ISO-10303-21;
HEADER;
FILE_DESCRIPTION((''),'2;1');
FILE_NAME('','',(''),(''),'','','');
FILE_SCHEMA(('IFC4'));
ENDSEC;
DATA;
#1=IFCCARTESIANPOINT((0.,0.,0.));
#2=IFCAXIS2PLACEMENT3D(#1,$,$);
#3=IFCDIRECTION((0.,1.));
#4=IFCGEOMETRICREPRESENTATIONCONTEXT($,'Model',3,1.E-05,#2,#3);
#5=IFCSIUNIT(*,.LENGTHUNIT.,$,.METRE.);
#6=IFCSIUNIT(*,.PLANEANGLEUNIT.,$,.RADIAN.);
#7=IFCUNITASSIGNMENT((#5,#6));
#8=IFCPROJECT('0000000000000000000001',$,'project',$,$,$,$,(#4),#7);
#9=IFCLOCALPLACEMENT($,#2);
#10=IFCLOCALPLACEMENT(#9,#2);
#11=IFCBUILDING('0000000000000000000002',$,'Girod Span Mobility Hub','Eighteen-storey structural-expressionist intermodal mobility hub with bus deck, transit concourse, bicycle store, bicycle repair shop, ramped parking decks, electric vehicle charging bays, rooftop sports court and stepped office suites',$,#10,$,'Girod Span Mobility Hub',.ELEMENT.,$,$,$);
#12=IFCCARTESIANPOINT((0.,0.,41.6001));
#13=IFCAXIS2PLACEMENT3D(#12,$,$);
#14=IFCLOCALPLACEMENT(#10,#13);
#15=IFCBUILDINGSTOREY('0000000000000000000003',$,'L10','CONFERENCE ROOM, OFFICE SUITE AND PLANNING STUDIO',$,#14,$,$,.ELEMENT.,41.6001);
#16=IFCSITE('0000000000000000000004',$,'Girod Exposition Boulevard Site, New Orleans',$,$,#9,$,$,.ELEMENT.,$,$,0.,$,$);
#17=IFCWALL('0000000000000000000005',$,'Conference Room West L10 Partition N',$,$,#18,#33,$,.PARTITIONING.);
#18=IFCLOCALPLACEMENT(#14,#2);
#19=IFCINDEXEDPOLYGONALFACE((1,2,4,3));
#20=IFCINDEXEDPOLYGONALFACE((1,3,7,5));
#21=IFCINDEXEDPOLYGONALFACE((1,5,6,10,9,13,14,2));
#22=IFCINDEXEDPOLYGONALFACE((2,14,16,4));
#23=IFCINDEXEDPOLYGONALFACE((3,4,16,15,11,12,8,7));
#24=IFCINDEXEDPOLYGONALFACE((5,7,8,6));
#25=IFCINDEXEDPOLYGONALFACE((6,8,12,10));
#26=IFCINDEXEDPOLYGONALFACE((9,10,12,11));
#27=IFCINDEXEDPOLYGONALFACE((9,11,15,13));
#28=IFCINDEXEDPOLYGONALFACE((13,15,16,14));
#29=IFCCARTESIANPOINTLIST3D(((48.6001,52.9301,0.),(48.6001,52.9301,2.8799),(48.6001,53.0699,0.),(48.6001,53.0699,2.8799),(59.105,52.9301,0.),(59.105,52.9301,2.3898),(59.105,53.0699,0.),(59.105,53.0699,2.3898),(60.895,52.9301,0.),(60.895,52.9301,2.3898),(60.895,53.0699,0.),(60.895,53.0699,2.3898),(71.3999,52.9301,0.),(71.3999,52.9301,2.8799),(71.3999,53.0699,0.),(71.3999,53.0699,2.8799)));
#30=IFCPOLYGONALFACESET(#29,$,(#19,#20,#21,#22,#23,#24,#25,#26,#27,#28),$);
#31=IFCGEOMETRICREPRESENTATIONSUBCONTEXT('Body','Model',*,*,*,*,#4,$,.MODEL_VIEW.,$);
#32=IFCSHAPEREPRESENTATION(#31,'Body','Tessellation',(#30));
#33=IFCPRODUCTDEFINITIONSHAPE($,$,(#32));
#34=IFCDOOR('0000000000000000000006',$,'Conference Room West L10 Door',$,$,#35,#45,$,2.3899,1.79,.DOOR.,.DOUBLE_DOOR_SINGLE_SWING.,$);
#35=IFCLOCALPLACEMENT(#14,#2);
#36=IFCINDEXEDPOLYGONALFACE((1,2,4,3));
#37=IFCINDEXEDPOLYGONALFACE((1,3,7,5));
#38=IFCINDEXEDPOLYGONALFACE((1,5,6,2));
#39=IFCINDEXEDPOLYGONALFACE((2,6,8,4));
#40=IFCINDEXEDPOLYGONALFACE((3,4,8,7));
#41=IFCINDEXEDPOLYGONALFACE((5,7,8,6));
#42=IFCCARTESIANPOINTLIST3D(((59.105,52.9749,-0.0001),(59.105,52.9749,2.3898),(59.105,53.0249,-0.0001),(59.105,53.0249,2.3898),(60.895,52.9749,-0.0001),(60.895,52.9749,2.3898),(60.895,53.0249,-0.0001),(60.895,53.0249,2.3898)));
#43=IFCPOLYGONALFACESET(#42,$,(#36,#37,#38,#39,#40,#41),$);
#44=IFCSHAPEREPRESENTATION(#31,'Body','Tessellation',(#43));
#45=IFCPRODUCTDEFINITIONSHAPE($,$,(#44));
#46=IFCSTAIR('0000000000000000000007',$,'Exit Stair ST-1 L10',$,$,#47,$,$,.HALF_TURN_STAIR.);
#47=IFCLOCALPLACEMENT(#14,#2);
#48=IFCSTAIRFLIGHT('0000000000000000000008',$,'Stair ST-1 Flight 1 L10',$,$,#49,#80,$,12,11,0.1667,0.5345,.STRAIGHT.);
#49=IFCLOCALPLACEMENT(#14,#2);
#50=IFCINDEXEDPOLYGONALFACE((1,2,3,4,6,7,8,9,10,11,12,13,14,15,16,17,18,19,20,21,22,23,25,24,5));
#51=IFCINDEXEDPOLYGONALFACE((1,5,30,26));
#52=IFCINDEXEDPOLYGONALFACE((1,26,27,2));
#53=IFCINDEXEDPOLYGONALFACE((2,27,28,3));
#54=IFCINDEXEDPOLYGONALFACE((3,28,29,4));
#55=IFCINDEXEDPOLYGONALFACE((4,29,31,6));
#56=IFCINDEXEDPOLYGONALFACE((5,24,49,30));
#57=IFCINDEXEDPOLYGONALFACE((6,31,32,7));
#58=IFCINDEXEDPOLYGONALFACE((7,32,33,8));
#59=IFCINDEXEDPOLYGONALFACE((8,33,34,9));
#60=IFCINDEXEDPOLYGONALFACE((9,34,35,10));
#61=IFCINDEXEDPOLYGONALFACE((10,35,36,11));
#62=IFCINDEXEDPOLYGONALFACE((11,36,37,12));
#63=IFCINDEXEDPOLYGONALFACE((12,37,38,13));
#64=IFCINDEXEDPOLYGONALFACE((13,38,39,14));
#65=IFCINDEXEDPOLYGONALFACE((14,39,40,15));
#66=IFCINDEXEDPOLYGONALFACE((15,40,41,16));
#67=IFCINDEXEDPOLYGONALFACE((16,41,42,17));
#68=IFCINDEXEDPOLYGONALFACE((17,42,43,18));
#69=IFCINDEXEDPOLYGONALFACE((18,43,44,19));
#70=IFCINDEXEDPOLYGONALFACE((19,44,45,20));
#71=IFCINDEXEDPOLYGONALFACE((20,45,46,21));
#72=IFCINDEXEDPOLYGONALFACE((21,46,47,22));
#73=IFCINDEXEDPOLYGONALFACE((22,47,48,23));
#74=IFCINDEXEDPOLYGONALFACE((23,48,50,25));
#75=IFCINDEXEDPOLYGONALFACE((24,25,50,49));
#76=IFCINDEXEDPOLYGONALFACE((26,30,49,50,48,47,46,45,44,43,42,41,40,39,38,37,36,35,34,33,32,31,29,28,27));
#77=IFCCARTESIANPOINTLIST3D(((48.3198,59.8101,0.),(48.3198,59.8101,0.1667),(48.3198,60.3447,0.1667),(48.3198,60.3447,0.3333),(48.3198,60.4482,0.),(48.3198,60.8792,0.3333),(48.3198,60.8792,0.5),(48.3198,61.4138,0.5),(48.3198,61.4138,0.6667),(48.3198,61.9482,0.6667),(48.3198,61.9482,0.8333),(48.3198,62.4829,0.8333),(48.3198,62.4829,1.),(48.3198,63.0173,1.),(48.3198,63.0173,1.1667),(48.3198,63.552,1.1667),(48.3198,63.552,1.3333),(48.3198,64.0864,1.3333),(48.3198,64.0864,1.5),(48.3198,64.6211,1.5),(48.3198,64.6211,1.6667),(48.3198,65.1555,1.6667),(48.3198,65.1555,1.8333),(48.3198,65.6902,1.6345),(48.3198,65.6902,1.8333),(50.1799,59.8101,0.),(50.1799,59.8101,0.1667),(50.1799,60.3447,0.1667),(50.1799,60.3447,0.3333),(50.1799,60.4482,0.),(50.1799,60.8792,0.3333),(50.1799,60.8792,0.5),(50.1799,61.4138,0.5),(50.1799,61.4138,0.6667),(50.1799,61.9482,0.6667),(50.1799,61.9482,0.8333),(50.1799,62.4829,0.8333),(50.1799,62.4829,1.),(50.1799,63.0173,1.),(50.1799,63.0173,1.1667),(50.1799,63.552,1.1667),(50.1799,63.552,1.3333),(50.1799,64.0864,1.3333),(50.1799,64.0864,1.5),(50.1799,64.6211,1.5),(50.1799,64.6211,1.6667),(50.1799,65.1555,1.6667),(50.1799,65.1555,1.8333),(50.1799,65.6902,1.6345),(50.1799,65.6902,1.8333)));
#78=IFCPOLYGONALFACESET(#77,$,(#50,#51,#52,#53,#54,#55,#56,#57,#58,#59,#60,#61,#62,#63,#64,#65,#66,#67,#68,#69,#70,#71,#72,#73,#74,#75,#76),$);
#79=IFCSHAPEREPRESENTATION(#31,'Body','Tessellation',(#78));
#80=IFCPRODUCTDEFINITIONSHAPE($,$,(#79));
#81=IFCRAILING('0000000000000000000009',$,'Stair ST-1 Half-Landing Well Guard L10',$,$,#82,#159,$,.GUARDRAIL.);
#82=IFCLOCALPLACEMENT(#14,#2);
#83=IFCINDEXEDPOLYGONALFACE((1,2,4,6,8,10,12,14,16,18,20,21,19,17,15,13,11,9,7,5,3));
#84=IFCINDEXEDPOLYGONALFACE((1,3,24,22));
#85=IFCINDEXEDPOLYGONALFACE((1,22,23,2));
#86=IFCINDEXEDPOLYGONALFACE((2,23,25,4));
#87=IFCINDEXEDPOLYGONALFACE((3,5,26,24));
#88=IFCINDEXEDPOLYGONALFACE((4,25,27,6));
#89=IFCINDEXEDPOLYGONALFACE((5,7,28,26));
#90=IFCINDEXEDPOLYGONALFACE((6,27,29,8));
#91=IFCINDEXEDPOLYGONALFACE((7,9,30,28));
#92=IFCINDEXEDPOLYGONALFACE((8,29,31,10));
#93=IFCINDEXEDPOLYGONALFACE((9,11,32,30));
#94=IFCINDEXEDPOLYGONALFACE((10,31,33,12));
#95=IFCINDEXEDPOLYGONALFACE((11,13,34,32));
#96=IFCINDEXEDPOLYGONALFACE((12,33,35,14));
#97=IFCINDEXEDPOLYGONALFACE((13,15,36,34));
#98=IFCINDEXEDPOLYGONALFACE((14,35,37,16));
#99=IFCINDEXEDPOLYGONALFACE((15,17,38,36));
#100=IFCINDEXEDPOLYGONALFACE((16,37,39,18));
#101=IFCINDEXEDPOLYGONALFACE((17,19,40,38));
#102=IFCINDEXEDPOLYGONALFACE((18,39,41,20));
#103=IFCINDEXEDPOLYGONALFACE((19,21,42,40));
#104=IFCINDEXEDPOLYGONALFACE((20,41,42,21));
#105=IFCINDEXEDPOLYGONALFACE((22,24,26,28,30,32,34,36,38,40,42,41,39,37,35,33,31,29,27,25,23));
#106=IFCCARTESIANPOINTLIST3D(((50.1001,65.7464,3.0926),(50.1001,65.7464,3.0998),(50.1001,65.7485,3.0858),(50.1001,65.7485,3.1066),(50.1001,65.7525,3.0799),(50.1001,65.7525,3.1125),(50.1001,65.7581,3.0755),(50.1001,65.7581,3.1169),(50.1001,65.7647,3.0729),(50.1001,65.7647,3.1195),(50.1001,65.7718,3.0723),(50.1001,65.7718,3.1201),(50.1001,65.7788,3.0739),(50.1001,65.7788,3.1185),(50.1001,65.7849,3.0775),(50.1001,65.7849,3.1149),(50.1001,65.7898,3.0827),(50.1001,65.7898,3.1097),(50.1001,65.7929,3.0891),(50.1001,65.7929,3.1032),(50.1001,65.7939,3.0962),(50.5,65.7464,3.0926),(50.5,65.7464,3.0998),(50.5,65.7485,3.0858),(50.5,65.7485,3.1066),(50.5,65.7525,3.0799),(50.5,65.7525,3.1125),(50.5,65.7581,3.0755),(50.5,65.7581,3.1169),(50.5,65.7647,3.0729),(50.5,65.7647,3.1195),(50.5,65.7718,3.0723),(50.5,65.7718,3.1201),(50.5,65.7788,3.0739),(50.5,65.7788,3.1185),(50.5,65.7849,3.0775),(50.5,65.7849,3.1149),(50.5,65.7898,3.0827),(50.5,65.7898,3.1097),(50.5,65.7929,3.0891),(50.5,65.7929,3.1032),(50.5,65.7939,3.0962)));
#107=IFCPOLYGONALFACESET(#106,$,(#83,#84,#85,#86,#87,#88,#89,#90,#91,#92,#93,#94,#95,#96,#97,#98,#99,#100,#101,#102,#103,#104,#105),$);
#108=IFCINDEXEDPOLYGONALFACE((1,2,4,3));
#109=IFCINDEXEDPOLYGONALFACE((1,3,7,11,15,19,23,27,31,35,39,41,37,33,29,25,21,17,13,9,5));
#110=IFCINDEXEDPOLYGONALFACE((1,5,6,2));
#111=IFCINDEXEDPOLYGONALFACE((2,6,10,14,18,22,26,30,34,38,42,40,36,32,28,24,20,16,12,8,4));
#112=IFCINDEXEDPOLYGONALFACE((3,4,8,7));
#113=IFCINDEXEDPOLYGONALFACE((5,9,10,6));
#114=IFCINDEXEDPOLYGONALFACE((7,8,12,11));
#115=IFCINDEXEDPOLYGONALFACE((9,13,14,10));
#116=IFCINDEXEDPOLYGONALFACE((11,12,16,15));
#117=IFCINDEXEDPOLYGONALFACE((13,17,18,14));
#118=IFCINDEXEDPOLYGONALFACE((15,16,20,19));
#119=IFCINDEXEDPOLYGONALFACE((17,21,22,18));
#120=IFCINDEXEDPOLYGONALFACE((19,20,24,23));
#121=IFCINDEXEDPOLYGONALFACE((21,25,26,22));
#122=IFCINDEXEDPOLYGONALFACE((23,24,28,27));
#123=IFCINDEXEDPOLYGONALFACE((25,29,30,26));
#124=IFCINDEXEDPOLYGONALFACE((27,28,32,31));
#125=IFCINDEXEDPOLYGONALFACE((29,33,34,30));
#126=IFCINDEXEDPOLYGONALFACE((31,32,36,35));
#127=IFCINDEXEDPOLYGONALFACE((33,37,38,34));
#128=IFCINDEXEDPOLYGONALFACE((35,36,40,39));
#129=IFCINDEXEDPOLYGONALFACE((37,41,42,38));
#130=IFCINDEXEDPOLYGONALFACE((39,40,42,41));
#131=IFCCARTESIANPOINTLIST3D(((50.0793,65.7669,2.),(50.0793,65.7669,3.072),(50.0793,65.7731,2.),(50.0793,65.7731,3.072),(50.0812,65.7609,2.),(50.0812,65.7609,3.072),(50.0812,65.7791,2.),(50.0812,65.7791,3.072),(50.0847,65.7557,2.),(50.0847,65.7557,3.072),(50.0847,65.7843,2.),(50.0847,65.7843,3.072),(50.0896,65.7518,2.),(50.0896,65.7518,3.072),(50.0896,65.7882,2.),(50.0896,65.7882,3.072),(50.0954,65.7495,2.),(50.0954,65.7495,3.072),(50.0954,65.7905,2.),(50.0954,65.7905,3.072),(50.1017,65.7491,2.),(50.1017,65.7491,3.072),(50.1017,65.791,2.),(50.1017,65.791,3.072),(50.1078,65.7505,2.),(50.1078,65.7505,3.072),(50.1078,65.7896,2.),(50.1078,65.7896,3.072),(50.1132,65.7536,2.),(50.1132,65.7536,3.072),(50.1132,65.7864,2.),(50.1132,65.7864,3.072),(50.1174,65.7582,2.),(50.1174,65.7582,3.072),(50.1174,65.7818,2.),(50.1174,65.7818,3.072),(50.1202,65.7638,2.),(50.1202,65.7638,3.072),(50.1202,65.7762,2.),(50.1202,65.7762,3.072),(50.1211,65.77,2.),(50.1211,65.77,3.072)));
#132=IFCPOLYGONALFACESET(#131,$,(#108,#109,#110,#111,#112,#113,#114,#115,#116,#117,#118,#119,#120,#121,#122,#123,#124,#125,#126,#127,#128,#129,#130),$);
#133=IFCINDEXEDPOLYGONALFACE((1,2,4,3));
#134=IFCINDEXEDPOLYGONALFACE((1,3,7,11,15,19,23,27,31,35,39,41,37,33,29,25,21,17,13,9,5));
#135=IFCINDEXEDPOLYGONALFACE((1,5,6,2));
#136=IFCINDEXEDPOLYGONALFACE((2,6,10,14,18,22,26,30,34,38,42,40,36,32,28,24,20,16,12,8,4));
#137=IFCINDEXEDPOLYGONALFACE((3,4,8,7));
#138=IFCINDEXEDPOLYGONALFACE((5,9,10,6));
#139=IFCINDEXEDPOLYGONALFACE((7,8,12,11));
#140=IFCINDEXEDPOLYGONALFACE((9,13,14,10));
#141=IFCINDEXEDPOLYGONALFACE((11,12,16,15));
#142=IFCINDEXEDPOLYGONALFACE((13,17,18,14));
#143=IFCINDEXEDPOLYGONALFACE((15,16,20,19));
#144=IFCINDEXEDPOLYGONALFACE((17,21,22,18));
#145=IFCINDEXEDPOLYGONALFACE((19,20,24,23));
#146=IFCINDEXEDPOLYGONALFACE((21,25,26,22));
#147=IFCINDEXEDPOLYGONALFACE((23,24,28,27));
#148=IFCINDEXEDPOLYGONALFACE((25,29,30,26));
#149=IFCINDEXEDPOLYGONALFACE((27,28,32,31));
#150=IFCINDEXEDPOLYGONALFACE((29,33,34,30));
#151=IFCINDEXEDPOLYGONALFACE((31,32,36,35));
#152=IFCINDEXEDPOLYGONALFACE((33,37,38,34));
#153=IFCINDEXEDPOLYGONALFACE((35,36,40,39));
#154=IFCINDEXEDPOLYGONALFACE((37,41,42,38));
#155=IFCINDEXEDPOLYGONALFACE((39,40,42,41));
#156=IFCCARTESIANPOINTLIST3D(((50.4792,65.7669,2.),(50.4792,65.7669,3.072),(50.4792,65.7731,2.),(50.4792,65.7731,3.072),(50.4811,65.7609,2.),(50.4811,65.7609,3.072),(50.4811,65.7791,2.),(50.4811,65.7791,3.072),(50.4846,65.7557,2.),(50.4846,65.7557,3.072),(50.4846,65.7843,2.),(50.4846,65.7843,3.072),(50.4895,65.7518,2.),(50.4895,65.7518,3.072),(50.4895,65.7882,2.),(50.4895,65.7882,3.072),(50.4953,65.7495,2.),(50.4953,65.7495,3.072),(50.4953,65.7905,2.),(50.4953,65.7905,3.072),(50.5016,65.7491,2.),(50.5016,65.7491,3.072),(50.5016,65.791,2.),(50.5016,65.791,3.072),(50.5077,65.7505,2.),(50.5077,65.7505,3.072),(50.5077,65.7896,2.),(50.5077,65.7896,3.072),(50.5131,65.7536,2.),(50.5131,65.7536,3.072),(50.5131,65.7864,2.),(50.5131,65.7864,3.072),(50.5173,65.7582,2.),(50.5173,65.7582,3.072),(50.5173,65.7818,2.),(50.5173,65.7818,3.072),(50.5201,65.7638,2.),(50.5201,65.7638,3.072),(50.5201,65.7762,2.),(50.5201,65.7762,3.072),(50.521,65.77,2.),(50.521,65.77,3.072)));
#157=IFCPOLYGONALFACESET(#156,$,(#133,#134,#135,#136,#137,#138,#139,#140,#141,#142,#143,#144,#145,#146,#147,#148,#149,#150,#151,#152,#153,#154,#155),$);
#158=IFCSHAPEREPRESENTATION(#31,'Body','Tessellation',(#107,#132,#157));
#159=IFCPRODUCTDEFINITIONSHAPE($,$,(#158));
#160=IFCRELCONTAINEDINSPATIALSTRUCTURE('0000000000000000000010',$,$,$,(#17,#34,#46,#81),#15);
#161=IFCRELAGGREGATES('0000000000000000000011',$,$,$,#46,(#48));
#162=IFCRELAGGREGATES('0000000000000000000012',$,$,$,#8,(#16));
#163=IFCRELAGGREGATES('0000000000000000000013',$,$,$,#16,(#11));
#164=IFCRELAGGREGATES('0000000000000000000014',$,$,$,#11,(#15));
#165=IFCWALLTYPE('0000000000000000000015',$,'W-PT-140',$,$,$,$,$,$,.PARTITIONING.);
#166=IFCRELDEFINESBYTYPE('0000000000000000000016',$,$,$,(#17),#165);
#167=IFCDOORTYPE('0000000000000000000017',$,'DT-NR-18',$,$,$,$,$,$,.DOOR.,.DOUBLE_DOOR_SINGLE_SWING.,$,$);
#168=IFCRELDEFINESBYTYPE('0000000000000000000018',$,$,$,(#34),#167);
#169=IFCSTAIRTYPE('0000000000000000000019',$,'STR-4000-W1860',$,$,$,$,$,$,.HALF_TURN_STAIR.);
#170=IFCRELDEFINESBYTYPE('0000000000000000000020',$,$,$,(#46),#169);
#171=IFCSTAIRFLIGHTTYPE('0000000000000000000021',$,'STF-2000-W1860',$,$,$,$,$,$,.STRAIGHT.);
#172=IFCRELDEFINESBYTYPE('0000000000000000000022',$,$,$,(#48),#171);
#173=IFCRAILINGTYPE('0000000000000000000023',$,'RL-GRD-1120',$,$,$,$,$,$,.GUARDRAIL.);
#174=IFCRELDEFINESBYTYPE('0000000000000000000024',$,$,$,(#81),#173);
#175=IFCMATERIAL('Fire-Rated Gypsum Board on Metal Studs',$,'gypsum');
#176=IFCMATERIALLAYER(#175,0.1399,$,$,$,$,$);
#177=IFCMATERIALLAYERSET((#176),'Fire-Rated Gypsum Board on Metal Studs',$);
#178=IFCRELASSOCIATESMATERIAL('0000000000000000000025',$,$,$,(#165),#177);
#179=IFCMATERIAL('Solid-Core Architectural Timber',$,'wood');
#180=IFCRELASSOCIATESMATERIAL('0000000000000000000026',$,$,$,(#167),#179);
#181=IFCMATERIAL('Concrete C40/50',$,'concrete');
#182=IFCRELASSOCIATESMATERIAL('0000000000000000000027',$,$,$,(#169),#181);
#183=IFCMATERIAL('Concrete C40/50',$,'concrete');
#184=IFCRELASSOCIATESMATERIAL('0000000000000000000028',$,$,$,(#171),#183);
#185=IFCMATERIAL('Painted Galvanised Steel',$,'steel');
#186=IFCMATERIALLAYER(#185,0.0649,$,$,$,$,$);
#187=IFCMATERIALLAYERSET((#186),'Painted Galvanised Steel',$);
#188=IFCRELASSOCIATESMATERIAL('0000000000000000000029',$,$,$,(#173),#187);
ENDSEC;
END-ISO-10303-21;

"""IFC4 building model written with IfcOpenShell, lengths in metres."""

from ifc_helpers import new_model, si_unit, direction, frame, frame_2d, origin, origin_2d, place, context, subcontext, project, spatial, polyline, rectangle, circle, outline, extrude, material, layer, layer_set, type_object, element, fill, aggregate, save


model = new_model("IFC4")

# Units and contexts
model_context = context("Model", 3, precision=1e-05, world=origin(), true_north=direction((0.0, 1.0)))
body_context = subcontext(model_context, "Body", "Model", "MODEL_VIEW")
ifc_project = project(units=[si_unit("LENGTHUNIT", "METRE"), si_unit("PLANEANGLEUNIT", "RADIAN")], contexts=[model_context])

# Site, building, storey
site_placement = place(None, origin())
site = spatial("IfcSite", under=ifc_project, at=site_placement, Name="Girod Exposition Boulevard Site, New Orleans", CompositionType="ELEMENT", RefElevation=0.0)
building_placement = place(site_placement, origin())
building = spatial("IfcBuilding", under=site, at=building_placement, Name="Girod Span Mobility Hub", Description="Eighteen-storey structural-expressionist intermodal mobility hub with bus deck, transit concourse, bicycle store, bicycle repair shop, ramped parking decks, electric vehicle charging bays, rooftop sports court and stepped office suites", LongName="Girod Span Mobility Hub", CompositionType="ELEMENT")
storey_placement = place(building_placement, frame((0.0, 0.0, 41.6001)))
storey = spatial("IfcBuildingStorey", under=building, at=storey_placement, Name="L10", Description="CONFERENCE ROOM, OFFICE SUITE AND PLANNING STUDIO", CompositionType="ELEMENT", Elevation=41.6001)

# Wall, opening, door
ifc_material_1 = material(Name="Fire-Rated Gypsum Board on Metal Studs", Category="gypsum")
ifc_layer_1 = layer(ifc_material_1, 0.1399)
ifc_layer_set_1 = layer_set([ifc_layer_1], Name="Fire-Rated Gypsum Board on Metal Studs")
wall_type_1 = type_object("IfcWallType", Name="W-PT-140", PredefinedType="PARTITIONING", material=ifc_layer_set_1)
wall_1_placement = place(storey_placement, frame((48.6001, 53.0, 0.0), z_axis=(0.0, 0.0, 1.0), x_axis=(1.0, 0.0, 0.0)))
wall_1 = element("IfcWall", 1, at=wall_1_placement, inside=storey, type_object=wall_type_1, Name="Conference Room West L10 Partition N", PredefinedType="PARTITIONING", context=body_context, shape_type="SweptSolid", body=[
    extrude(rectangle(XDim=22.7998, YDim=0.1399, at=frame_2d((11.3999, 0.0))), origin(), (0.0, 0.0, 1.0), 2.8799),
])
opening_1_placement = place(wall_1_placement, frame((10.5049, 0.0, 0.0)))
opening_1 = element("IfcOpeningElement", 2, at=opening_1_placement, cuts=wall_1, PredefinedType="OPENING", context=body_context, shape_type="SweptSolid", body=[
    extrude(rectangle(XDim=1.79, YDim=2.3899, at=frame_2d((0.895, 1.1948))), frame((0.0, 0.085, 0.0), z_axis=(0.0, -1.0, 0.0), x_axis=(1.0, 0.0, 0.0)), (0.0, 0.0, 1.0), 0.1699),
])
ifc_material_2 = material(Name="Solid-Core Architectural Timber", Category="wood")
door_type_1 = type_object("IfcDoorType", Name="DT-NR-18", OperationType="DOUBLE_DOOR_SINGLE_SWING", PredefinedType="DOOR", material=ifc_material_2)
door_1_placement = place(opening_1_placement, origin())
door_1 = element("IfcDoor", 3, at=door_1_placement, inside=storey, type_object=door_type_1, Name="Conference Room West L10 Door", OperationType="DOUBLE_DOOR_SINGLE_SWING", OverallHeight=2.3899, OverallWidth=1.79, PredefinedType="DOOR", context=body_context, shape_type="SweptSolid", body=[
    extrude(rectangle(XDim=1.79, YDim=2.3899, at=frame_2d((0.895, 1.1948))), frame((0.0, 0.0249, 0.0), z_axis=(0.0, -1.0, 0.0), x_axis=(1.0, 0.0, 0.0)), (0.0, 0.0, 1.0), 0.05),
])
fill(opening_1, door_1)

# Stair, stair flight
ifc_material_3 = material(Name="Concrete C40/50", Category="concrete")
stair_type = type_object("IfcStairType", Name="STR-4000-W1860", PredefinedType="HALF_TURN_STAIR", material=ifc_material_3)
stair_placement = place(storey_placement, origin())
stair = element("IfcStair", 4, at=stair_placement, inside=storey, type_object=stair_type, Name="Exit Stair ST-1 L10", PredefinedType="HALF_TURN_STAIR")
ifc_material_4 = material(Name="Concrete C40/50", Category="concrete")
stair_flight_type = type_object("IfcStairFlightType", Name="STF-2000-W1860", PredefinedType="STRAIGHT", material=ifc_material_4)
stair_flight_placement = place(storey_placement, frame((49.25, 59.8101, 0.0), z_axis=(0.0, 0.0, 1.0), x_axis=(0.0, 1.0, 0.0)))
stair_flight = element("IfcStairFlight", 5, at=stair_flight_placement, type_object=stair_flight_type, Name="Stair ST-1 Flight 1 L10", NumberOfRisers=12, NumberOfTreads=11, PredefinedType="STRAIGHT", RiserHeight=0.1667, TreadLength=0.5345, context=body_context, shape_type="SweptSolid", body=[
    extrude(outline(polyline([(0.0, 0.0), (0.0, 0.1667), (0.5347, 0.1667), (0.5347, 0.3333), (1.0691, 0.3333), (1.0691, 0.5), (1.6038, 0.5), (1.6038, 0.6667), (2.1382, 0.6667), (2.1382, 0.8333), (2.6729, 0.8333), (2.6729, 1.0), (3.2073, 1.0), (3.2073, 1.1667), (3.7419, 1.1667), (3.7419, 1.3333), (4.2764, 1.3333), (4.2764, 1.5), (4.811, 1.5), (4.811, 1.6667), (5.3455, 1.6667), (5.3455, 1.8333), (5.8801, 1.8333), (5.8801, 2.0), (5.8801, 1.6345), (0.6382, 0.0), (0.0, 0.0)])), frame((0.0, 0.9302, 0.0), z_axis=(0.0, -1.0, 0.0), x_axis=(1.0, 0.0, 0.0)), (0.0, 0.0, 1.0), 1.8601),
])
aggregate(stair, [stair_flight])

# Railing
ifc_material_5 = material(Name="Painted Galvanised Steel", Category="steel")
ifc_layer_2 = layer(ifc_material_5, 0.0649)
ifc_layer_set_2 = layer_set([ifc_layer_2], Name="Painted Galvanised Steel")
railing_type_1 = type_object("IfcRailingType", Name="RL-GRD-1120", PredefinedType="GUARDRAIL", material=ifc_layer_set_2)
for number, where, name in (
    (6, (50.1001, 65.77, 2.0), "Stair ST-1 Half-Landing Well Guard L10"),
):
    element("IfcRailing", number, at=place(storey_placement, frame(where)), inside=storey, type_object=railing_type_1, Name=name, PredefinedType="GUARDRAIL", context=body_context, shape_type="SweptSolid", body=[
        extrude(circle(Radius=0.0239, at=origin_2d()), frame((0.0, 0.0, 1.0962), z_axis=(1.0, 0.0, 0.0), x_axis=(0.0, 1.0, 0.0)), (0.0, 0.0, 1.0), 0.3999),
        extrude(circle(Radius=0.021, at=origin_2d()), origin(), (0.0, 0.0, 1.0), 1.072),
        extrude(circle(Radius=0.021, at=origin_2d()), frame((0.3999, 0.0, 0.0)), (0.0, 0.0, 1.0), 1.072),
    ])

save(model, "model.ifc")
